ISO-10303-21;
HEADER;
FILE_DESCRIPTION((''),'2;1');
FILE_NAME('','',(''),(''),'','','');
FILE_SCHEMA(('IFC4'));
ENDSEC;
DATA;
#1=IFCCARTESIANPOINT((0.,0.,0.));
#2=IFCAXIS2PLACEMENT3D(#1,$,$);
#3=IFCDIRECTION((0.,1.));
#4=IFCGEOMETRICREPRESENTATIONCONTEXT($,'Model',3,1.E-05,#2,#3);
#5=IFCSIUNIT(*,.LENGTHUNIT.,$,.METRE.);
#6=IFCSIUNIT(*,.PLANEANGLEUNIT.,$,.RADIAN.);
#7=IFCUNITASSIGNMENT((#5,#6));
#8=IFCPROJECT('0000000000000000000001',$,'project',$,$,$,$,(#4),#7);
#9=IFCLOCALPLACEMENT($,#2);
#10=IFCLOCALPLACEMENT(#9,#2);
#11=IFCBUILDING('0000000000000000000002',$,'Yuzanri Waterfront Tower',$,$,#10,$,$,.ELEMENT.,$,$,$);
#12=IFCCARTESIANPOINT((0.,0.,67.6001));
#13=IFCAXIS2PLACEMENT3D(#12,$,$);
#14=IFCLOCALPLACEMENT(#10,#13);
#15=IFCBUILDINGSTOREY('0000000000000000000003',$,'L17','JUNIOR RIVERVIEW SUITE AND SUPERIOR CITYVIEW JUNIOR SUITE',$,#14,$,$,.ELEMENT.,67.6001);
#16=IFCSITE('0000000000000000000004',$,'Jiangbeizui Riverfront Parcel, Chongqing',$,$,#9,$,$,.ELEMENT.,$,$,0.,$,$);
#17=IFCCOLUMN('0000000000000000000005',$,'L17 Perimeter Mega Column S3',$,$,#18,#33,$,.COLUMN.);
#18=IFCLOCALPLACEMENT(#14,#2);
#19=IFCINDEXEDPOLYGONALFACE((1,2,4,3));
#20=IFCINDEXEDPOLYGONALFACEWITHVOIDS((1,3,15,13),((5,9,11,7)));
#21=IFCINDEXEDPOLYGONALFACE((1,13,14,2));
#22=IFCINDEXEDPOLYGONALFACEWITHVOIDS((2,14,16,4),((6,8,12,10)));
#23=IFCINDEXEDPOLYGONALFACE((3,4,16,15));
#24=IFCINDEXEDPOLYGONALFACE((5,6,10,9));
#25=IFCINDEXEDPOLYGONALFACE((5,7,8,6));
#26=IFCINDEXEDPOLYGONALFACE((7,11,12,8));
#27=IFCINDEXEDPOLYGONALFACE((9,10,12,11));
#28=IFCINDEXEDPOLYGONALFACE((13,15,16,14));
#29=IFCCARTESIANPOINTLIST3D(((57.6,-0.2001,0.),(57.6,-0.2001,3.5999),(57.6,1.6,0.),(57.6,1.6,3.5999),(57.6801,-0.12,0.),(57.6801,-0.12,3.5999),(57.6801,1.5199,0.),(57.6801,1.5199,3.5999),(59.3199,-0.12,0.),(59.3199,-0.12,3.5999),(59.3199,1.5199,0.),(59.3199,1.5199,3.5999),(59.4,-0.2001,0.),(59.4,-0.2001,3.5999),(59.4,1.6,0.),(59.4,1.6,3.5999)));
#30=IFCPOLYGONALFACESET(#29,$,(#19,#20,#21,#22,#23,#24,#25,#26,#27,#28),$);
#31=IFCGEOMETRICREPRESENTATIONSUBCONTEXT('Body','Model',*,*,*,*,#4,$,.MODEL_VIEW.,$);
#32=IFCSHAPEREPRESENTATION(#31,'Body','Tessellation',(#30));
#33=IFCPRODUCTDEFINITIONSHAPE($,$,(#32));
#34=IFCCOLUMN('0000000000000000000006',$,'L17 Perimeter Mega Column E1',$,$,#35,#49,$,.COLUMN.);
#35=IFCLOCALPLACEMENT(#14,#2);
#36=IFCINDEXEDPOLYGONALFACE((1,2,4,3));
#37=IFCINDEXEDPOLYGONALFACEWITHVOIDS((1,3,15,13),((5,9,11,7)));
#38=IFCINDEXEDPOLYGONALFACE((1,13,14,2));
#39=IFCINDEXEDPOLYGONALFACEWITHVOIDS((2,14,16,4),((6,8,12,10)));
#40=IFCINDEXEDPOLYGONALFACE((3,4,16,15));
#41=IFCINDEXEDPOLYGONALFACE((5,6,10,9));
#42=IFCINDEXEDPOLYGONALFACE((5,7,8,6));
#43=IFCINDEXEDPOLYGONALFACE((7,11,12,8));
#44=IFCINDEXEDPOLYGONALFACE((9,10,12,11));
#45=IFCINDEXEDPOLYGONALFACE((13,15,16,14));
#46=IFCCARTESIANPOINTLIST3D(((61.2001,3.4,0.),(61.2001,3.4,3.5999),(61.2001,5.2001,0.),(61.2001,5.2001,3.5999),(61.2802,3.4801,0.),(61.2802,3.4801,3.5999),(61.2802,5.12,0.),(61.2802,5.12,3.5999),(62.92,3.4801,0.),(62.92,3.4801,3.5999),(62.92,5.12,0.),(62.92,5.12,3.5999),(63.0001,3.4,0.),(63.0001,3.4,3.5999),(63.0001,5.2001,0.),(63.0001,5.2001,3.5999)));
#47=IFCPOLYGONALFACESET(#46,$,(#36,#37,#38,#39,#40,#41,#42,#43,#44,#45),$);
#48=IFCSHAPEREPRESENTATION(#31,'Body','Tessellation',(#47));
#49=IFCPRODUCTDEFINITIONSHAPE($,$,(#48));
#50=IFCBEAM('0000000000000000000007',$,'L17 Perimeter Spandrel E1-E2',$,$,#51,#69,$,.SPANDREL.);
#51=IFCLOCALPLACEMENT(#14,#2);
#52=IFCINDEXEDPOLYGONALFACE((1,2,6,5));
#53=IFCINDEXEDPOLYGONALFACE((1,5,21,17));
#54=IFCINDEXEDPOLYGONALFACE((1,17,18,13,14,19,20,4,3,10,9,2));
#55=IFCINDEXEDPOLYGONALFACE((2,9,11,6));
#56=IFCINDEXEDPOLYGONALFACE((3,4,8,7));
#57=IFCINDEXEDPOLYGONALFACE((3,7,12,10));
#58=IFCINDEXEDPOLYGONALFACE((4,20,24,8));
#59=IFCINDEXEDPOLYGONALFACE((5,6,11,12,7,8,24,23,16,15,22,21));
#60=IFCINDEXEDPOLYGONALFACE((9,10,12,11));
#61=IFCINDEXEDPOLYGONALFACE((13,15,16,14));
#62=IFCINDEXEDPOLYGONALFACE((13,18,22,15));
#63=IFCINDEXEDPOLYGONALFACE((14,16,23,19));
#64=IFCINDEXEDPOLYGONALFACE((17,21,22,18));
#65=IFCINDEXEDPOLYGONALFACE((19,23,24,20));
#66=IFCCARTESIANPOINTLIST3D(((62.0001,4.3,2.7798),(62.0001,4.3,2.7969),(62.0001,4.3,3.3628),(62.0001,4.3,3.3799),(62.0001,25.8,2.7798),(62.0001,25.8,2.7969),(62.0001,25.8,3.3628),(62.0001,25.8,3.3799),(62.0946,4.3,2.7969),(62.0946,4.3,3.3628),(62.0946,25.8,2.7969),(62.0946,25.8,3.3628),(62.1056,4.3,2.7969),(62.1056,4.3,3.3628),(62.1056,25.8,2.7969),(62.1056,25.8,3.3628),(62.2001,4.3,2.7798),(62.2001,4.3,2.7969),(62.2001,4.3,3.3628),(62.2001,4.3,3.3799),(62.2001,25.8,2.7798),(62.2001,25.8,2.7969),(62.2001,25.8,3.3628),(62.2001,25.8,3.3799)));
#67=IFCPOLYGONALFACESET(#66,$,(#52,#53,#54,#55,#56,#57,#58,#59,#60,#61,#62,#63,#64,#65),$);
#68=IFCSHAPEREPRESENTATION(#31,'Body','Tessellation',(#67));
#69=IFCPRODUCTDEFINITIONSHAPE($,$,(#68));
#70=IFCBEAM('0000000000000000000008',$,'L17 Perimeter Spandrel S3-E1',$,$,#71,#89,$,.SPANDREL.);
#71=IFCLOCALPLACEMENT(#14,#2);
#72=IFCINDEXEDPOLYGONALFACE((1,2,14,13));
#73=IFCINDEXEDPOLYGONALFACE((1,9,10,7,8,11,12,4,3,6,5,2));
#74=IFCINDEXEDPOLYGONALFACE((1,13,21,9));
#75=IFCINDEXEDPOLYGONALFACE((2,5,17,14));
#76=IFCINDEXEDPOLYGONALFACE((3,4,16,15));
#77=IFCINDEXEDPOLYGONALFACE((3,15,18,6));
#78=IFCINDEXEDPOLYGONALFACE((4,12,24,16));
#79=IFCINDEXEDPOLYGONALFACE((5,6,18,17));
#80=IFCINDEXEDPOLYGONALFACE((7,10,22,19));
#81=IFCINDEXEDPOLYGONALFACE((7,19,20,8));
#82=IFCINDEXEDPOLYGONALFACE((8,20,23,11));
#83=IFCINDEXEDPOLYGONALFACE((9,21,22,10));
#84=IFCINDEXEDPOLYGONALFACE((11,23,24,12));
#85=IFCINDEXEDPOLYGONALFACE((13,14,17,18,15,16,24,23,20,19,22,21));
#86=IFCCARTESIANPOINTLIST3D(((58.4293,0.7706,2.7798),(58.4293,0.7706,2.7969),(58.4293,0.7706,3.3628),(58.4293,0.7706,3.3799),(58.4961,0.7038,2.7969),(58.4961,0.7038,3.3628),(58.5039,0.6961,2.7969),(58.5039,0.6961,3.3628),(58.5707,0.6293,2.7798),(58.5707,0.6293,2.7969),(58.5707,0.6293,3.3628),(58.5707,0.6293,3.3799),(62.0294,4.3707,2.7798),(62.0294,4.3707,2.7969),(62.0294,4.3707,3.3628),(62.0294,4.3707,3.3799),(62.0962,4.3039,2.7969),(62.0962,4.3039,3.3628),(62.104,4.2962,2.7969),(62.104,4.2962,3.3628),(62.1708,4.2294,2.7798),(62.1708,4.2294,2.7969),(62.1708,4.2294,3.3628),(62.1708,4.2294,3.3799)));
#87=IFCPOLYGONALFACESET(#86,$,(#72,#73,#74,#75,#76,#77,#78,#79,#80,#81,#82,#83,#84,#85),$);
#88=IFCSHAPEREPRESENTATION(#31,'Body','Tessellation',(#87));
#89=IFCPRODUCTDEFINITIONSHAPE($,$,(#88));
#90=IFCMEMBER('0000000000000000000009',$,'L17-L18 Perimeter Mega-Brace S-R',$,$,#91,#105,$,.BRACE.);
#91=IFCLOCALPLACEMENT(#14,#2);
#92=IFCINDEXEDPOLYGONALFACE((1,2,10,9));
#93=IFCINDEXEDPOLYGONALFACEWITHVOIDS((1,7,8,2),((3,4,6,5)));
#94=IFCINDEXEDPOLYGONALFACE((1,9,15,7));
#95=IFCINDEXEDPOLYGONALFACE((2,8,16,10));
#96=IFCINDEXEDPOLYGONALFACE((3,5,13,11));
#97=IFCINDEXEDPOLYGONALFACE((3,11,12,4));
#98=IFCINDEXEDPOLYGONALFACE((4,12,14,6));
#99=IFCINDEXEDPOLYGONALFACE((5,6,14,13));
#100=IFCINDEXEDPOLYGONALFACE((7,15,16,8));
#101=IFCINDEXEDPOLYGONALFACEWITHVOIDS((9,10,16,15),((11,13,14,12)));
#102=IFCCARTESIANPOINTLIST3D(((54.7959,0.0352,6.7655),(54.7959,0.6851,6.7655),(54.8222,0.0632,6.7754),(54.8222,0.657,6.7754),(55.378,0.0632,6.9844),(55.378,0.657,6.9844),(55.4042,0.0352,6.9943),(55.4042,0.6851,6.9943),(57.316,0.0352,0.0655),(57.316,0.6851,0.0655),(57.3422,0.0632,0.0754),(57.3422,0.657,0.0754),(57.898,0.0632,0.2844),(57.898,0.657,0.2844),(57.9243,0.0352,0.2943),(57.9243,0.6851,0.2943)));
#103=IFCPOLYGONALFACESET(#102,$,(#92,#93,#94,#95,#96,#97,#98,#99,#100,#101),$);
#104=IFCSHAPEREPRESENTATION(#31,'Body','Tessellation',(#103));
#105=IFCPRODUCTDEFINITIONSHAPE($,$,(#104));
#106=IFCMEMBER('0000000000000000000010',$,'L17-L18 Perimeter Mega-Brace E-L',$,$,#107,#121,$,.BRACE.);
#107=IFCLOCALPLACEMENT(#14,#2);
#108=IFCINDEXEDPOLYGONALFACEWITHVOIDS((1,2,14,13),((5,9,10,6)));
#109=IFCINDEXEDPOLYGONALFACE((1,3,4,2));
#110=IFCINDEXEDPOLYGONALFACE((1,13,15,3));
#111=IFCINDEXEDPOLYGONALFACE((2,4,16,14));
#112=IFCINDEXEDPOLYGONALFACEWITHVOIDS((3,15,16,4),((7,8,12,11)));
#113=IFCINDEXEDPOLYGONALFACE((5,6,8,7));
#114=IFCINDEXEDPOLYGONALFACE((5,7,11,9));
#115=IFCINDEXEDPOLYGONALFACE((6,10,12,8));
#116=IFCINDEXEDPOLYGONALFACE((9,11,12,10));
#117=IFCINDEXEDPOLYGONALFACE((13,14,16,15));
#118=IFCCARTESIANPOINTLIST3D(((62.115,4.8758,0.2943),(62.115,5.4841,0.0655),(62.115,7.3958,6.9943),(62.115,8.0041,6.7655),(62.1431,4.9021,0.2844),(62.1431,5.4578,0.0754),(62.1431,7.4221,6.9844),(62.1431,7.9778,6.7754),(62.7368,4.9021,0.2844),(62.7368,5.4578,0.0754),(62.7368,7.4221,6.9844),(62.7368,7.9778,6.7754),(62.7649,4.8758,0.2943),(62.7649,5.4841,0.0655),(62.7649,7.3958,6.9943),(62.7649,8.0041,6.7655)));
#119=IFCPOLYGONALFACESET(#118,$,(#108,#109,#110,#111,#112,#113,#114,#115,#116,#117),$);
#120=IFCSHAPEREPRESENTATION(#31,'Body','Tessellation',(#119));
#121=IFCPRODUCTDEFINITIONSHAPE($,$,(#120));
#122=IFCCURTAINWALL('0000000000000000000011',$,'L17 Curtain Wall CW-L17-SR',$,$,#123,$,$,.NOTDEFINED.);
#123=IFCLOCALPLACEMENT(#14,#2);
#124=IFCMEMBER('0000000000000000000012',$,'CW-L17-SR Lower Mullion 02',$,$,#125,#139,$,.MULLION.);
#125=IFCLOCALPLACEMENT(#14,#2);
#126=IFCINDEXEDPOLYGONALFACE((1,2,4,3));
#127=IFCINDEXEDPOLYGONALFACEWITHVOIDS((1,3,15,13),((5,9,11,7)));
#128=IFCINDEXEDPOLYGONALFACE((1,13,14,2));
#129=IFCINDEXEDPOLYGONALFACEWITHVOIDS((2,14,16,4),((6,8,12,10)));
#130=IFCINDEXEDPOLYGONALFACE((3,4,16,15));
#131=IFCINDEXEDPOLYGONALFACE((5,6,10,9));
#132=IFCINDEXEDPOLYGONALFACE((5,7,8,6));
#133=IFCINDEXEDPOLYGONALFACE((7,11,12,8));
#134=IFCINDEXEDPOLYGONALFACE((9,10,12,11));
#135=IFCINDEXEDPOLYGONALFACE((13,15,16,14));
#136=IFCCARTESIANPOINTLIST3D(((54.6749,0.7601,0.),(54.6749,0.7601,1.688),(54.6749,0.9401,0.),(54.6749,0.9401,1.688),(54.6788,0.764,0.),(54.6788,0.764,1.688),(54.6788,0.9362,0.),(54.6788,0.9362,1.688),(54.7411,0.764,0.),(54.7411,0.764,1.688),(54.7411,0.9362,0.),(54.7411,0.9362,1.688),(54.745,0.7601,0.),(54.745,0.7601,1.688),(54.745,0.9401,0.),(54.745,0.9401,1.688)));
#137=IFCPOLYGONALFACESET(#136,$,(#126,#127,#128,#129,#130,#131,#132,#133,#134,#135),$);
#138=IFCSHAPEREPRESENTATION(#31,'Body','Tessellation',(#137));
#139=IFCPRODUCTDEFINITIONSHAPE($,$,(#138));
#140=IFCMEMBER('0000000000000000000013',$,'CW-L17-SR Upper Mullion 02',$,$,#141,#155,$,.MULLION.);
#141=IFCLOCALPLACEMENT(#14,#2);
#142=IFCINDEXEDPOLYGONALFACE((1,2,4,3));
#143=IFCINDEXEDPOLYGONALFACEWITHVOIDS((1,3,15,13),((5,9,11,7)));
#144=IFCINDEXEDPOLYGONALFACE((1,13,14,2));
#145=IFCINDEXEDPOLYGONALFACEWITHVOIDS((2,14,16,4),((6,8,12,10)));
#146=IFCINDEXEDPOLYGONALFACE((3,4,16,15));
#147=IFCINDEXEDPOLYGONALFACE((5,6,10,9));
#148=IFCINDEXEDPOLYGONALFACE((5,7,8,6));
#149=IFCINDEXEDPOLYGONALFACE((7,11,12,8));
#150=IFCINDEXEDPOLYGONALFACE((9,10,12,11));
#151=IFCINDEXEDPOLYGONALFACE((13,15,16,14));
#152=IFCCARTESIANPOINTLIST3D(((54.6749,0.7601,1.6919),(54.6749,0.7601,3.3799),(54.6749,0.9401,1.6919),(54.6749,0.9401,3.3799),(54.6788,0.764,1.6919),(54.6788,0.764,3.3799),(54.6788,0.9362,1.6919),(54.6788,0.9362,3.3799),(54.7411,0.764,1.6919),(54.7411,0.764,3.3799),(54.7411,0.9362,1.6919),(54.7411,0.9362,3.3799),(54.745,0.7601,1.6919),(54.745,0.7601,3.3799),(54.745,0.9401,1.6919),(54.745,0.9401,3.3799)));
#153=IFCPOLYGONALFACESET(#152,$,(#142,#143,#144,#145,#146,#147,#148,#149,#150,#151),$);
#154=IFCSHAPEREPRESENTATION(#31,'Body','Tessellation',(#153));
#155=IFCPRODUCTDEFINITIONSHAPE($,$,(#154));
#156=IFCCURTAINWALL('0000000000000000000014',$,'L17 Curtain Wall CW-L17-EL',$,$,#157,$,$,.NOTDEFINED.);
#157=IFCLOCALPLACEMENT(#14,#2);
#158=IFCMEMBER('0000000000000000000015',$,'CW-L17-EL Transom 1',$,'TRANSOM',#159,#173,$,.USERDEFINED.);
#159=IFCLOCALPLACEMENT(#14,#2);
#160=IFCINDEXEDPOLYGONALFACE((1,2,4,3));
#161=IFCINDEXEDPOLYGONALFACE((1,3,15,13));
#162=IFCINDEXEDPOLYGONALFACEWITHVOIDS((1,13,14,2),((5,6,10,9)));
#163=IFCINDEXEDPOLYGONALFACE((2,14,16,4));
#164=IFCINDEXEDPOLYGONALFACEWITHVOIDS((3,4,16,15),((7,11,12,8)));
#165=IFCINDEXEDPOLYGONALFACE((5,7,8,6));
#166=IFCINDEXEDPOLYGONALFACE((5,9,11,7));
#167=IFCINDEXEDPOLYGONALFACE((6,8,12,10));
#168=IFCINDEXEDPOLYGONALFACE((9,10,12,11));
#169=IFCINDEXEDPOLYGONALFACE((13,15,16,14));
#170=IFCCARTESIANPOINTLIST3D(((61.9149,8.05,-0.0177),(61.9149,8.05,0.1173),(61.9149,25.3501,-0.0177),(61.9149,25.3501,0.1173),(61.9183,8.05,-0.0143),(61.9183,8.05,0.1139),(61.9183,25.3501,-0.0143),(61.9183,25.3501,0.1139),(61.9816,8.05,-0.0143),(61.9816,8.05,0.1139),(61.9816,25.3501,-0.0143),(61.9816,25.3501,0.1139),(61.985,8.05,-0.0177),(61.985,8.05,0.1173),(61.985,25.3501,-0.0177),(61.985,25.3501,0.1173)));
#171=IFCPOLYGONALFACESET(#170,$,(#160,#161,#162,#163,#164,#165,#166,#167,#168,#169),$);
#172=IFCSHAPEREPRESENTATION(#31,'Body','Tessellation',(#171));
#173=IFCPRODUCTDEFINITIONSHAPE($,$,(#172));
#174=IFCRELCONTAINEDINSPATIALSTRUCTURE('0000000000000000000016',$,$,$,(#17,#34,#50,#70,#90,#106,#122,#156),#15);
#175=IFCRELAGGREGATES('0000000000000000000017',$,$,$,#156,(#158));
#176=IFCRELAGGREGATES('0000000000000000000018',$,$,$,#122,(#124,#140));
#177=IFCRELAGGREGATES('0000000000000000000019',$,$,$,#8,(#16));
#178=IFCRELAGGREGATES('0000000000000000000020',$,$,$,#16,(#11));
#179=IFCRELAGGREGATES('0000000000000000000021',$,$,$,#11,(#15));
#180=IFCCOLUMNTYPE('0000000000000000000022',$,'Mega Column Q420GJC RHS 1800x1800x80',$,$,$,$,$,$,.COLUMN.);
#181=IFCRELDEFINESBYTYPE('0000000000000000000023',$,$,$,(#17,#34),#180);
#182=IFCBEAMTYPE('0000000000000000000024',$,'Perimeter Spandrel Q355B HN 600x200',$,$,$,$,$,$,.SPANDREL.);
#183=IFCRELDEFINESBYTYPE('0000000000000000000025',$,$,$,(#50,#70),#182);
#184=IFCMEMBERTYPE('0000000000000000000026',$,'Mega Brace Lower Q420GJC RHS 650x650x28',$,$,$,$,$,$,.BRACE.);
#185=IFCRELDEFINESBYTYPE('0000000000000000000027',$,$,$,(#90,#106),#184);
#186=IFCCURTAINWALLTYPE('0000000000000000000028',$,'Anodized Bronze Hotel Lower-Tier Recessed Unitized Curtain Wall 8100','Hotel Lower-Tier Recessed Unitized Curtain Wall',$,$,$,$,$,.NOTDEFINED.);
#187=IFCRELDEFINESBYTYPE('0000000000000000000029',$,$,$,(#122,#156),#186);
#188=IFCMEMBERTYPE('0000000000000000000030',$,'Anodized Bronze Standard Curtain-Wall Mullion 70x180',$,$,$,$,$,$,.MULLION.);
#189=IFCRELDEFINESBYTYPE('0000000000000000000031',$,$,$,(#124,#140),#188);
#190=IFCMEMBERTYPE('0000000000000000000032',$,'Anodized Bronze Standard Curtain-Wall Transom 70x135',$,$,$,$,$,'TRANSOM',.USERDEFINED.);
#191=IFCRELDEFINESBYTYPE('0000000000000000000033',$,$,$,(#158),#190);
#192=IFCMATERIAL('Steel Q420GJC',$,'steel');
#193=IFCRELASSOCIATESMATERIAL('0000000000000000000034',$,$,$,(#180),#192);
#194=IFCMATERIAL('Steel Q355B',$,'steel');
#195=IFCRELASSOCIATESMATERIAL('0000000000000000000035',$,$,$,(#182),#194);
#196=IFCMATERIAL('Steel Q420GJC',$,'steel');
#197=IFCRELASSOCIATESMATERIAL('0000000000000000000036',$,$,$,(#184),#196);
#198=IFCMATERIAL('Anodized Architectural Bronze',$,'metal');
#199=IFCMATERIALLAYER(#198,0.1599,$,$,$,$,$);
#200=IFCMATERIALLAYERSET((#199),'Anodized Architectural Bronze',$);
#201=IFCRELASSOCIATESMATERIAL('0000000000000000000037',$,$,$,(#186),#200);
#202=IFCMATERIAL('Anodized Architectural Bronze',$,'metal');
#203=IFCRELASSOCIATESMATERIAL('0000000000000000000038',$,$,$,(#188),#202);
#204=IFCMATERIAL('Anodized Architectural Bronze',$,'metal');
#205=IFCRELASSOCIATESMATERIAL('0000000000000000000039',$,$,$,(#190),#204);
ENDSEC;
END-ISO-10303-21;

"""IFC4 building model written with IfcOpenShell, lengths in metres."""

from ifc_helpers import new_model, si_unit, direction, frame, origin, origin_2d, place, context, subcontext, project, spatial, hollow_rectangle, i_section, extrude, source, transform, mapped, material, layer, layer_set, material_profile, profile_set, type_object, element, aggregate, save


model = new_model("IFC4")

# Units and contexts
model_context = context("Model", 3, precision=1e-05, world=origin(), true_north=direction((0.0, 1.0)))
body_context = subcontext(model_context, "Body", "Model", "MODEL_VIEW")
ifc_project = project(units=[si_unit("LENGTHUNIT", "METRE"), si_unit("PLANEANGLEUNIT", "RADIAN")], contexts=[model_context])

# Site, building, storey
site_placement = place(None, origin())
site = spatial("IfcSite", under=ifc_project, at=site_placement, Name="Jiangbeizui Riverfront Parcel, Chongqing", CompositionType="ELEMENT", RefElevation=0.0)
building_placement = place(site_placement, origin())
building = spatial("IfcBuilding", under=site, at=building_placement, Name="Yuzanri Waterfront Tower", CompositionType="ELEMENT")
storey_placement = place(building_placement, frame((0.0, 0.0, 67.6001)))
storey = spatial("IfcBuildingStorey", under=building, at=storey_placement, Name="L17", Description="JUNIOR RIVERVIEW SUITE AND SUPERIOR CITYVIEW JUNIOR SUITE", CompositionType="ELEMENT", Elevation=67.6001)

# Columns
ifc_material_1 = material(Name="Steel Q420GJC", Category="steel")
ifc_material_profile_1 = material_profile(ifc_material_1, hollow_rectangle(XDim=1.8, YDim=1.8, WallThickness=0.0801, at=origin_2d()), Name="RHS 1800x1800x80")
ifc_profile_set_1 = profile_set([ifc_material_profile_1], Name="Steel Q420GJC")
column_type = type_object("IfcColumnType", Name="Mega Column Q420GJC RHS 1800x1800x80", PredefinedType="COLUMN", material=ifc_profile_set_1)
shared_shape_1 = source(origin(), body_context, "Body", "SweptSolid", [
    extrude(hollow_rectangle(XDim=1.8, YDim=1.8, WallThickness=0.0801, at=origin_2d()), origin(), (0.0, 0.0, 1.0), 3.5999),
])
for number, where, z_axis, x_axis, name in (
    (1, (58.5, 0.7, 0.0), (0.0, 0.0, 1.0), (1.0, 0.0, 0.0), "L17 Perimeter Mega Column S3"),
    (2, (62.1001, 4.3, 0.0), (0.0, 0.0, 1.0), (1.0, 0.0, 0.0), "L17 Perimeter Mega Column E1"),
):
    element("IfcColumn", number, at=place(storey_placement, frame(where, z_axis=z_axis, x_axis=x_axis)), inside=storey, type_object=column_type, Name=name, PredefinedType="COLUMN", context=body_context, shape_type="MappedRepresentation", body=[
        mapped(shared_shape_1, transform((0.0, 0.0, 0.0), scale=1.0)),
    ])

# Beams
ifc_material_2 = material(Name="Steel Q355B", Category="steel")
ifc_material_profile_2 = material_profile(ifc_material_2, i_section(OverallWidth=0.2, OverallDepth=0.6001, WebThickness=0.011, FlangeThickness=0.0171, at=origin_2d()), Name="HN 600x200x11x17")
ifc_profile_set_2 = profile_set([ifc_material_profile_2], Name="Steel Q355B")
beam_type = type_object("IfcBeamType", Name="Perimeter Spandrel Q355B HN 600x200", PredefinedType="SPANDREL", material=ifc_profile_set_2)
shared_shape_2 = source(origin(), body_context, "Body", "SweptSolid", [
    extrude(i_section(OverallWidth=0.2, OverallDepth=0.6001, WebThickness=0.011, FlangeThickness=0.0171, at=origin_2d()), origin(), (0.0, 0.0, 1.0), 21.5),
])
beam_1_placement = place(storey_placement, frame((62.1001, 4.3, 3.0798), z_axis=(0.0, 1.0, 0.0), x_axis=(-1.0, 0.0, 0.0)))
element("IfcBeam", 3, at=beam_1_placement, inside=storey, type_object=beam_type, Name="L17 Perimeter Spandrel E1-E2", PredefinedType="SPANDREL", context=body_context, shape_type="MappedRepresentation", body=[
    mapped(shared_shape_2, transform((0.0, 0.0, 0.0), scale=1.0)),
])
shared_shape_3 = source(origin(), body_context, "Body", "SweptSolid", [
    extrude(i_section(OverallWidth=0.2, OverallDepth=0.6001, WebThickness=0.011, FlangeThickness=0.0171, at=origin_2d()), origin(), (0.0, 0.0, 1.0), 5.0913),
])
beam_2_placement = place(storey_placement, frame((58.5, 0.7, 3.0798), z_axis=(0.707107, 0.707107, 0.0), x_axis=(-0.707107, 0.707107, 0.0)))
element("IfcBeam", 4, at=beam_2_placement, inside=storey, type_object=beam_type, Name="L17 Perimeter Spandrel S3-E1", PredefinedType="SPANDREL", context=body_context, shape_type="MappedRepresentation", body=[
    mapped(shared_shape_3, transform((0.0, 0.0, 0.0), scale=1.0)),
])

# Members
ifc_material_3 = material(Name="Steel Q420GJC", Category="steel")
ifc_material_profile_3 = material_profile(ifc_material_3, hollow_rectangle(XDim=0.6499, YDim=0.6499, WallThickness=0.0281, at=origin_2d()), Name="RHS 650x650x28")
ifc_profile_set_3 = profile_set([ifc_material_profile_3], Name="Steel Q420GJC")
member_type_1 = type_object("IfcMemberType", Name="Mega Brace Lower Q420GJC RHS 650x650x28", PredefinedType="BRACE", material=ifc_profile_set_3)
shared_shape_4 = source(origin(), body_context, "Body", "SweptSolid", [
    extrude(hollow_rectangle(XDim=0.6499, YDim=0.6499, WallThickness=0.0281, at=origin_2d()), origin(), (0.0, 0.0, 1.0), 7.1582),
])
for number, where, z_axis, x_axis, name in (
    (5, (57.6201, 0.3601, 0.1799), (-0.352046, 0.0, 0.935983), (0.0, -1.0, 0.0), "L17-L18 Perimeter Mega-Brace S-R"),
    (6, (62.4399, 5.1799, 0.1799), (0.0, 0.352046, 0.935983), (-1.0, 0.0, 0.0), "L17-L18 Perimeter Mega-Brace E-L"),
):
    element("IfcMember", number, at=place(storey_placement, frame(where, z_axis=z_axis, x_axis=x_axis)), inside=storey, type_object=member_type_1, Name=name, PredefinedType="BRACE", context=body_context, shape_type="MappedRepresentation", body=[
        mapped(shared_shape_4, transform((0.0, 0.0, 0.0), scale=1.0)),
    ])

# Curtain walls, members
ifc_material_4 = material(Name="Anodized Architectural Bronze", Category="metal")
ifc_layer_1 = layer(ifc_material_4, 0.1599)
ifc_layer_set_1 = layer_set([ifc_layer_1], Name="Anodized Architectural Bronze")
curtain_wall_type = type_object("IfcCurtainWallType", Name="Anodized Bronze Hotel Lower-Tier Recessed Unitized Curtain Wall 8100", Description="Hotel Lower-Tier Recessed Unitized Curtain Wall", PredefinedType="NOTDEFINED", material=ifc_layer_set_1)
curtain_wall_1_placement = place(storey_placement, origin())
curtain_wall_1 = element("IfcCurtainWall", 7, at=curtain_wall_1_placement, inside=storey, type_object=curtain_wall_type, Name="L17 Curtain Wall CW-L17-SR", PredefinedType="NOTDEFINED")
ifc_material_5 = material(Name="Anodized Architectural Bronze", Category="metal")
ifc_material_profile_4 = material_profile(ifc_material_5, hollow_rectangle(XDim=0.0701, YDim=0.1799, WallThickness=0.0039, at=origin_2d()), Name="CWM 70x180")
ifc_profile_set_4 = profile_set([ifc_material_profile_4], Name="Anodized Architectural Bronze")
member_type_2 = type_object("IfcMemberType", Name="Anodized Bronze Standard Curtain-Wall Mullion 70x180", PredefinedType="MULLION", material=ifc_profile_set_4)
shared_shape_5 = source(origin(), body_context, "Body", "SweptSolid", [
    extrude(hollow_rectangle(XDim=0.0701, YDim=0.1799, WallThickness=0.0039, at=origin_2d()), origin(), (0.0, 0.0, 1.0), 1.688),
])
member_1_placement = place(storey_placement, frame((54.71, 0.8501, 0.0), z_axis=(0.0, 0.0, 1.0), x_axis=(1.0, 0.0, 0.0)))
member_1 = element("IfcMember", 8, at=member_1_placement, type_object=member_type_2, Name="CW-L17-SR Lower Mullion 02", PredefinedType="MULLION", context=body_context, shape_type="MappedRepresentation", body=[
    mapped(shared_shape_5, transform((0.0, 0.0, 0.0), scale=1.0)),
])
member_2_placement = place(storey_placement, frame((54.71, 0.8501, 1.6919), z_axis=(0.0, 0.0, 1.0), x_axis=(1.0, 0.0, 0.0)))
member_2 = element("IfcMember", 9, at=member_2_placement, type_object=member_type_2, Name="CW-L17-SR Upper Mullion 02", PredefinedType="MULLION", context=body_context, shape_type="MappedRepresentation", body=[
    mapped(shared_shape_5, transform((0.0, 0.0, 0.0), scale=1.0)),
])
curtain_wall_2_placement = place(storey_placement, origin())
curtain_wall_2 = element("IfcCurtainWall", 10, at=curtain_wall_2_placement, inside=storey, type_object=curtain_wall_type, Name="L17 Curtain Wall CW-L17-EL", PredefinedType="NOTDEFINED")
ifc_material_6 = material(Name="Anodized Architectural Bronze", Category="metal")
ifc_material_profile_5 = material_profile(ifc_material_6, hollow_rectangle(XDim=0.0701, YDim=0.135, WallThickness=0.0034, at=origin_2d()), Name="CWT 70x135")
ifc_profile_set_5 = profile_set([ifc_material_profile_5], Name="Anodized Architectural Bronze")
member_type_3 = type_object("IfcMemberType", Name="Anodized Bronze Standard Curtain-Wall Transom 70x135", ElementType="TRANSOM", PredefinedType="USERDEFINED", material=ifc_profile_set_5)
shared_shape_6 = source(origin(), body_context, "Body", "SweptSolid", [
    extrude(hollow_rectangle(XDim=0.0701, YDim=0.135, WallThickness=0.0034, at=origin_2d()), origin(), (0.0, 0.0, 1.0), 17.3),
])
member_3_placement = place(storey_placement, frame((61.95, 8.05, 0.0498), z_axis=(0.0, 1.0, 0.0), x_axis=(-1.0, 0.0, 0.0)))
member_3 = element("IfcMember", 11, at=member_3_placement, type_object=member_type_3, Name="CW-L17-EL Transom 1", ObjectType="TRANSOM", PredefinedType="USERDEFINED", context=body_context, shape_type="MappedRepresentation", body=[
    mapped(shared_shape_6, transform((0.0, 0.0, 0.0), scale=1.0)),
])
aggregate(curtain_wall_2, [member_3])

aggregate(curtain_wall_1, [member_1, member_2])

save(model, "model.ifc")
